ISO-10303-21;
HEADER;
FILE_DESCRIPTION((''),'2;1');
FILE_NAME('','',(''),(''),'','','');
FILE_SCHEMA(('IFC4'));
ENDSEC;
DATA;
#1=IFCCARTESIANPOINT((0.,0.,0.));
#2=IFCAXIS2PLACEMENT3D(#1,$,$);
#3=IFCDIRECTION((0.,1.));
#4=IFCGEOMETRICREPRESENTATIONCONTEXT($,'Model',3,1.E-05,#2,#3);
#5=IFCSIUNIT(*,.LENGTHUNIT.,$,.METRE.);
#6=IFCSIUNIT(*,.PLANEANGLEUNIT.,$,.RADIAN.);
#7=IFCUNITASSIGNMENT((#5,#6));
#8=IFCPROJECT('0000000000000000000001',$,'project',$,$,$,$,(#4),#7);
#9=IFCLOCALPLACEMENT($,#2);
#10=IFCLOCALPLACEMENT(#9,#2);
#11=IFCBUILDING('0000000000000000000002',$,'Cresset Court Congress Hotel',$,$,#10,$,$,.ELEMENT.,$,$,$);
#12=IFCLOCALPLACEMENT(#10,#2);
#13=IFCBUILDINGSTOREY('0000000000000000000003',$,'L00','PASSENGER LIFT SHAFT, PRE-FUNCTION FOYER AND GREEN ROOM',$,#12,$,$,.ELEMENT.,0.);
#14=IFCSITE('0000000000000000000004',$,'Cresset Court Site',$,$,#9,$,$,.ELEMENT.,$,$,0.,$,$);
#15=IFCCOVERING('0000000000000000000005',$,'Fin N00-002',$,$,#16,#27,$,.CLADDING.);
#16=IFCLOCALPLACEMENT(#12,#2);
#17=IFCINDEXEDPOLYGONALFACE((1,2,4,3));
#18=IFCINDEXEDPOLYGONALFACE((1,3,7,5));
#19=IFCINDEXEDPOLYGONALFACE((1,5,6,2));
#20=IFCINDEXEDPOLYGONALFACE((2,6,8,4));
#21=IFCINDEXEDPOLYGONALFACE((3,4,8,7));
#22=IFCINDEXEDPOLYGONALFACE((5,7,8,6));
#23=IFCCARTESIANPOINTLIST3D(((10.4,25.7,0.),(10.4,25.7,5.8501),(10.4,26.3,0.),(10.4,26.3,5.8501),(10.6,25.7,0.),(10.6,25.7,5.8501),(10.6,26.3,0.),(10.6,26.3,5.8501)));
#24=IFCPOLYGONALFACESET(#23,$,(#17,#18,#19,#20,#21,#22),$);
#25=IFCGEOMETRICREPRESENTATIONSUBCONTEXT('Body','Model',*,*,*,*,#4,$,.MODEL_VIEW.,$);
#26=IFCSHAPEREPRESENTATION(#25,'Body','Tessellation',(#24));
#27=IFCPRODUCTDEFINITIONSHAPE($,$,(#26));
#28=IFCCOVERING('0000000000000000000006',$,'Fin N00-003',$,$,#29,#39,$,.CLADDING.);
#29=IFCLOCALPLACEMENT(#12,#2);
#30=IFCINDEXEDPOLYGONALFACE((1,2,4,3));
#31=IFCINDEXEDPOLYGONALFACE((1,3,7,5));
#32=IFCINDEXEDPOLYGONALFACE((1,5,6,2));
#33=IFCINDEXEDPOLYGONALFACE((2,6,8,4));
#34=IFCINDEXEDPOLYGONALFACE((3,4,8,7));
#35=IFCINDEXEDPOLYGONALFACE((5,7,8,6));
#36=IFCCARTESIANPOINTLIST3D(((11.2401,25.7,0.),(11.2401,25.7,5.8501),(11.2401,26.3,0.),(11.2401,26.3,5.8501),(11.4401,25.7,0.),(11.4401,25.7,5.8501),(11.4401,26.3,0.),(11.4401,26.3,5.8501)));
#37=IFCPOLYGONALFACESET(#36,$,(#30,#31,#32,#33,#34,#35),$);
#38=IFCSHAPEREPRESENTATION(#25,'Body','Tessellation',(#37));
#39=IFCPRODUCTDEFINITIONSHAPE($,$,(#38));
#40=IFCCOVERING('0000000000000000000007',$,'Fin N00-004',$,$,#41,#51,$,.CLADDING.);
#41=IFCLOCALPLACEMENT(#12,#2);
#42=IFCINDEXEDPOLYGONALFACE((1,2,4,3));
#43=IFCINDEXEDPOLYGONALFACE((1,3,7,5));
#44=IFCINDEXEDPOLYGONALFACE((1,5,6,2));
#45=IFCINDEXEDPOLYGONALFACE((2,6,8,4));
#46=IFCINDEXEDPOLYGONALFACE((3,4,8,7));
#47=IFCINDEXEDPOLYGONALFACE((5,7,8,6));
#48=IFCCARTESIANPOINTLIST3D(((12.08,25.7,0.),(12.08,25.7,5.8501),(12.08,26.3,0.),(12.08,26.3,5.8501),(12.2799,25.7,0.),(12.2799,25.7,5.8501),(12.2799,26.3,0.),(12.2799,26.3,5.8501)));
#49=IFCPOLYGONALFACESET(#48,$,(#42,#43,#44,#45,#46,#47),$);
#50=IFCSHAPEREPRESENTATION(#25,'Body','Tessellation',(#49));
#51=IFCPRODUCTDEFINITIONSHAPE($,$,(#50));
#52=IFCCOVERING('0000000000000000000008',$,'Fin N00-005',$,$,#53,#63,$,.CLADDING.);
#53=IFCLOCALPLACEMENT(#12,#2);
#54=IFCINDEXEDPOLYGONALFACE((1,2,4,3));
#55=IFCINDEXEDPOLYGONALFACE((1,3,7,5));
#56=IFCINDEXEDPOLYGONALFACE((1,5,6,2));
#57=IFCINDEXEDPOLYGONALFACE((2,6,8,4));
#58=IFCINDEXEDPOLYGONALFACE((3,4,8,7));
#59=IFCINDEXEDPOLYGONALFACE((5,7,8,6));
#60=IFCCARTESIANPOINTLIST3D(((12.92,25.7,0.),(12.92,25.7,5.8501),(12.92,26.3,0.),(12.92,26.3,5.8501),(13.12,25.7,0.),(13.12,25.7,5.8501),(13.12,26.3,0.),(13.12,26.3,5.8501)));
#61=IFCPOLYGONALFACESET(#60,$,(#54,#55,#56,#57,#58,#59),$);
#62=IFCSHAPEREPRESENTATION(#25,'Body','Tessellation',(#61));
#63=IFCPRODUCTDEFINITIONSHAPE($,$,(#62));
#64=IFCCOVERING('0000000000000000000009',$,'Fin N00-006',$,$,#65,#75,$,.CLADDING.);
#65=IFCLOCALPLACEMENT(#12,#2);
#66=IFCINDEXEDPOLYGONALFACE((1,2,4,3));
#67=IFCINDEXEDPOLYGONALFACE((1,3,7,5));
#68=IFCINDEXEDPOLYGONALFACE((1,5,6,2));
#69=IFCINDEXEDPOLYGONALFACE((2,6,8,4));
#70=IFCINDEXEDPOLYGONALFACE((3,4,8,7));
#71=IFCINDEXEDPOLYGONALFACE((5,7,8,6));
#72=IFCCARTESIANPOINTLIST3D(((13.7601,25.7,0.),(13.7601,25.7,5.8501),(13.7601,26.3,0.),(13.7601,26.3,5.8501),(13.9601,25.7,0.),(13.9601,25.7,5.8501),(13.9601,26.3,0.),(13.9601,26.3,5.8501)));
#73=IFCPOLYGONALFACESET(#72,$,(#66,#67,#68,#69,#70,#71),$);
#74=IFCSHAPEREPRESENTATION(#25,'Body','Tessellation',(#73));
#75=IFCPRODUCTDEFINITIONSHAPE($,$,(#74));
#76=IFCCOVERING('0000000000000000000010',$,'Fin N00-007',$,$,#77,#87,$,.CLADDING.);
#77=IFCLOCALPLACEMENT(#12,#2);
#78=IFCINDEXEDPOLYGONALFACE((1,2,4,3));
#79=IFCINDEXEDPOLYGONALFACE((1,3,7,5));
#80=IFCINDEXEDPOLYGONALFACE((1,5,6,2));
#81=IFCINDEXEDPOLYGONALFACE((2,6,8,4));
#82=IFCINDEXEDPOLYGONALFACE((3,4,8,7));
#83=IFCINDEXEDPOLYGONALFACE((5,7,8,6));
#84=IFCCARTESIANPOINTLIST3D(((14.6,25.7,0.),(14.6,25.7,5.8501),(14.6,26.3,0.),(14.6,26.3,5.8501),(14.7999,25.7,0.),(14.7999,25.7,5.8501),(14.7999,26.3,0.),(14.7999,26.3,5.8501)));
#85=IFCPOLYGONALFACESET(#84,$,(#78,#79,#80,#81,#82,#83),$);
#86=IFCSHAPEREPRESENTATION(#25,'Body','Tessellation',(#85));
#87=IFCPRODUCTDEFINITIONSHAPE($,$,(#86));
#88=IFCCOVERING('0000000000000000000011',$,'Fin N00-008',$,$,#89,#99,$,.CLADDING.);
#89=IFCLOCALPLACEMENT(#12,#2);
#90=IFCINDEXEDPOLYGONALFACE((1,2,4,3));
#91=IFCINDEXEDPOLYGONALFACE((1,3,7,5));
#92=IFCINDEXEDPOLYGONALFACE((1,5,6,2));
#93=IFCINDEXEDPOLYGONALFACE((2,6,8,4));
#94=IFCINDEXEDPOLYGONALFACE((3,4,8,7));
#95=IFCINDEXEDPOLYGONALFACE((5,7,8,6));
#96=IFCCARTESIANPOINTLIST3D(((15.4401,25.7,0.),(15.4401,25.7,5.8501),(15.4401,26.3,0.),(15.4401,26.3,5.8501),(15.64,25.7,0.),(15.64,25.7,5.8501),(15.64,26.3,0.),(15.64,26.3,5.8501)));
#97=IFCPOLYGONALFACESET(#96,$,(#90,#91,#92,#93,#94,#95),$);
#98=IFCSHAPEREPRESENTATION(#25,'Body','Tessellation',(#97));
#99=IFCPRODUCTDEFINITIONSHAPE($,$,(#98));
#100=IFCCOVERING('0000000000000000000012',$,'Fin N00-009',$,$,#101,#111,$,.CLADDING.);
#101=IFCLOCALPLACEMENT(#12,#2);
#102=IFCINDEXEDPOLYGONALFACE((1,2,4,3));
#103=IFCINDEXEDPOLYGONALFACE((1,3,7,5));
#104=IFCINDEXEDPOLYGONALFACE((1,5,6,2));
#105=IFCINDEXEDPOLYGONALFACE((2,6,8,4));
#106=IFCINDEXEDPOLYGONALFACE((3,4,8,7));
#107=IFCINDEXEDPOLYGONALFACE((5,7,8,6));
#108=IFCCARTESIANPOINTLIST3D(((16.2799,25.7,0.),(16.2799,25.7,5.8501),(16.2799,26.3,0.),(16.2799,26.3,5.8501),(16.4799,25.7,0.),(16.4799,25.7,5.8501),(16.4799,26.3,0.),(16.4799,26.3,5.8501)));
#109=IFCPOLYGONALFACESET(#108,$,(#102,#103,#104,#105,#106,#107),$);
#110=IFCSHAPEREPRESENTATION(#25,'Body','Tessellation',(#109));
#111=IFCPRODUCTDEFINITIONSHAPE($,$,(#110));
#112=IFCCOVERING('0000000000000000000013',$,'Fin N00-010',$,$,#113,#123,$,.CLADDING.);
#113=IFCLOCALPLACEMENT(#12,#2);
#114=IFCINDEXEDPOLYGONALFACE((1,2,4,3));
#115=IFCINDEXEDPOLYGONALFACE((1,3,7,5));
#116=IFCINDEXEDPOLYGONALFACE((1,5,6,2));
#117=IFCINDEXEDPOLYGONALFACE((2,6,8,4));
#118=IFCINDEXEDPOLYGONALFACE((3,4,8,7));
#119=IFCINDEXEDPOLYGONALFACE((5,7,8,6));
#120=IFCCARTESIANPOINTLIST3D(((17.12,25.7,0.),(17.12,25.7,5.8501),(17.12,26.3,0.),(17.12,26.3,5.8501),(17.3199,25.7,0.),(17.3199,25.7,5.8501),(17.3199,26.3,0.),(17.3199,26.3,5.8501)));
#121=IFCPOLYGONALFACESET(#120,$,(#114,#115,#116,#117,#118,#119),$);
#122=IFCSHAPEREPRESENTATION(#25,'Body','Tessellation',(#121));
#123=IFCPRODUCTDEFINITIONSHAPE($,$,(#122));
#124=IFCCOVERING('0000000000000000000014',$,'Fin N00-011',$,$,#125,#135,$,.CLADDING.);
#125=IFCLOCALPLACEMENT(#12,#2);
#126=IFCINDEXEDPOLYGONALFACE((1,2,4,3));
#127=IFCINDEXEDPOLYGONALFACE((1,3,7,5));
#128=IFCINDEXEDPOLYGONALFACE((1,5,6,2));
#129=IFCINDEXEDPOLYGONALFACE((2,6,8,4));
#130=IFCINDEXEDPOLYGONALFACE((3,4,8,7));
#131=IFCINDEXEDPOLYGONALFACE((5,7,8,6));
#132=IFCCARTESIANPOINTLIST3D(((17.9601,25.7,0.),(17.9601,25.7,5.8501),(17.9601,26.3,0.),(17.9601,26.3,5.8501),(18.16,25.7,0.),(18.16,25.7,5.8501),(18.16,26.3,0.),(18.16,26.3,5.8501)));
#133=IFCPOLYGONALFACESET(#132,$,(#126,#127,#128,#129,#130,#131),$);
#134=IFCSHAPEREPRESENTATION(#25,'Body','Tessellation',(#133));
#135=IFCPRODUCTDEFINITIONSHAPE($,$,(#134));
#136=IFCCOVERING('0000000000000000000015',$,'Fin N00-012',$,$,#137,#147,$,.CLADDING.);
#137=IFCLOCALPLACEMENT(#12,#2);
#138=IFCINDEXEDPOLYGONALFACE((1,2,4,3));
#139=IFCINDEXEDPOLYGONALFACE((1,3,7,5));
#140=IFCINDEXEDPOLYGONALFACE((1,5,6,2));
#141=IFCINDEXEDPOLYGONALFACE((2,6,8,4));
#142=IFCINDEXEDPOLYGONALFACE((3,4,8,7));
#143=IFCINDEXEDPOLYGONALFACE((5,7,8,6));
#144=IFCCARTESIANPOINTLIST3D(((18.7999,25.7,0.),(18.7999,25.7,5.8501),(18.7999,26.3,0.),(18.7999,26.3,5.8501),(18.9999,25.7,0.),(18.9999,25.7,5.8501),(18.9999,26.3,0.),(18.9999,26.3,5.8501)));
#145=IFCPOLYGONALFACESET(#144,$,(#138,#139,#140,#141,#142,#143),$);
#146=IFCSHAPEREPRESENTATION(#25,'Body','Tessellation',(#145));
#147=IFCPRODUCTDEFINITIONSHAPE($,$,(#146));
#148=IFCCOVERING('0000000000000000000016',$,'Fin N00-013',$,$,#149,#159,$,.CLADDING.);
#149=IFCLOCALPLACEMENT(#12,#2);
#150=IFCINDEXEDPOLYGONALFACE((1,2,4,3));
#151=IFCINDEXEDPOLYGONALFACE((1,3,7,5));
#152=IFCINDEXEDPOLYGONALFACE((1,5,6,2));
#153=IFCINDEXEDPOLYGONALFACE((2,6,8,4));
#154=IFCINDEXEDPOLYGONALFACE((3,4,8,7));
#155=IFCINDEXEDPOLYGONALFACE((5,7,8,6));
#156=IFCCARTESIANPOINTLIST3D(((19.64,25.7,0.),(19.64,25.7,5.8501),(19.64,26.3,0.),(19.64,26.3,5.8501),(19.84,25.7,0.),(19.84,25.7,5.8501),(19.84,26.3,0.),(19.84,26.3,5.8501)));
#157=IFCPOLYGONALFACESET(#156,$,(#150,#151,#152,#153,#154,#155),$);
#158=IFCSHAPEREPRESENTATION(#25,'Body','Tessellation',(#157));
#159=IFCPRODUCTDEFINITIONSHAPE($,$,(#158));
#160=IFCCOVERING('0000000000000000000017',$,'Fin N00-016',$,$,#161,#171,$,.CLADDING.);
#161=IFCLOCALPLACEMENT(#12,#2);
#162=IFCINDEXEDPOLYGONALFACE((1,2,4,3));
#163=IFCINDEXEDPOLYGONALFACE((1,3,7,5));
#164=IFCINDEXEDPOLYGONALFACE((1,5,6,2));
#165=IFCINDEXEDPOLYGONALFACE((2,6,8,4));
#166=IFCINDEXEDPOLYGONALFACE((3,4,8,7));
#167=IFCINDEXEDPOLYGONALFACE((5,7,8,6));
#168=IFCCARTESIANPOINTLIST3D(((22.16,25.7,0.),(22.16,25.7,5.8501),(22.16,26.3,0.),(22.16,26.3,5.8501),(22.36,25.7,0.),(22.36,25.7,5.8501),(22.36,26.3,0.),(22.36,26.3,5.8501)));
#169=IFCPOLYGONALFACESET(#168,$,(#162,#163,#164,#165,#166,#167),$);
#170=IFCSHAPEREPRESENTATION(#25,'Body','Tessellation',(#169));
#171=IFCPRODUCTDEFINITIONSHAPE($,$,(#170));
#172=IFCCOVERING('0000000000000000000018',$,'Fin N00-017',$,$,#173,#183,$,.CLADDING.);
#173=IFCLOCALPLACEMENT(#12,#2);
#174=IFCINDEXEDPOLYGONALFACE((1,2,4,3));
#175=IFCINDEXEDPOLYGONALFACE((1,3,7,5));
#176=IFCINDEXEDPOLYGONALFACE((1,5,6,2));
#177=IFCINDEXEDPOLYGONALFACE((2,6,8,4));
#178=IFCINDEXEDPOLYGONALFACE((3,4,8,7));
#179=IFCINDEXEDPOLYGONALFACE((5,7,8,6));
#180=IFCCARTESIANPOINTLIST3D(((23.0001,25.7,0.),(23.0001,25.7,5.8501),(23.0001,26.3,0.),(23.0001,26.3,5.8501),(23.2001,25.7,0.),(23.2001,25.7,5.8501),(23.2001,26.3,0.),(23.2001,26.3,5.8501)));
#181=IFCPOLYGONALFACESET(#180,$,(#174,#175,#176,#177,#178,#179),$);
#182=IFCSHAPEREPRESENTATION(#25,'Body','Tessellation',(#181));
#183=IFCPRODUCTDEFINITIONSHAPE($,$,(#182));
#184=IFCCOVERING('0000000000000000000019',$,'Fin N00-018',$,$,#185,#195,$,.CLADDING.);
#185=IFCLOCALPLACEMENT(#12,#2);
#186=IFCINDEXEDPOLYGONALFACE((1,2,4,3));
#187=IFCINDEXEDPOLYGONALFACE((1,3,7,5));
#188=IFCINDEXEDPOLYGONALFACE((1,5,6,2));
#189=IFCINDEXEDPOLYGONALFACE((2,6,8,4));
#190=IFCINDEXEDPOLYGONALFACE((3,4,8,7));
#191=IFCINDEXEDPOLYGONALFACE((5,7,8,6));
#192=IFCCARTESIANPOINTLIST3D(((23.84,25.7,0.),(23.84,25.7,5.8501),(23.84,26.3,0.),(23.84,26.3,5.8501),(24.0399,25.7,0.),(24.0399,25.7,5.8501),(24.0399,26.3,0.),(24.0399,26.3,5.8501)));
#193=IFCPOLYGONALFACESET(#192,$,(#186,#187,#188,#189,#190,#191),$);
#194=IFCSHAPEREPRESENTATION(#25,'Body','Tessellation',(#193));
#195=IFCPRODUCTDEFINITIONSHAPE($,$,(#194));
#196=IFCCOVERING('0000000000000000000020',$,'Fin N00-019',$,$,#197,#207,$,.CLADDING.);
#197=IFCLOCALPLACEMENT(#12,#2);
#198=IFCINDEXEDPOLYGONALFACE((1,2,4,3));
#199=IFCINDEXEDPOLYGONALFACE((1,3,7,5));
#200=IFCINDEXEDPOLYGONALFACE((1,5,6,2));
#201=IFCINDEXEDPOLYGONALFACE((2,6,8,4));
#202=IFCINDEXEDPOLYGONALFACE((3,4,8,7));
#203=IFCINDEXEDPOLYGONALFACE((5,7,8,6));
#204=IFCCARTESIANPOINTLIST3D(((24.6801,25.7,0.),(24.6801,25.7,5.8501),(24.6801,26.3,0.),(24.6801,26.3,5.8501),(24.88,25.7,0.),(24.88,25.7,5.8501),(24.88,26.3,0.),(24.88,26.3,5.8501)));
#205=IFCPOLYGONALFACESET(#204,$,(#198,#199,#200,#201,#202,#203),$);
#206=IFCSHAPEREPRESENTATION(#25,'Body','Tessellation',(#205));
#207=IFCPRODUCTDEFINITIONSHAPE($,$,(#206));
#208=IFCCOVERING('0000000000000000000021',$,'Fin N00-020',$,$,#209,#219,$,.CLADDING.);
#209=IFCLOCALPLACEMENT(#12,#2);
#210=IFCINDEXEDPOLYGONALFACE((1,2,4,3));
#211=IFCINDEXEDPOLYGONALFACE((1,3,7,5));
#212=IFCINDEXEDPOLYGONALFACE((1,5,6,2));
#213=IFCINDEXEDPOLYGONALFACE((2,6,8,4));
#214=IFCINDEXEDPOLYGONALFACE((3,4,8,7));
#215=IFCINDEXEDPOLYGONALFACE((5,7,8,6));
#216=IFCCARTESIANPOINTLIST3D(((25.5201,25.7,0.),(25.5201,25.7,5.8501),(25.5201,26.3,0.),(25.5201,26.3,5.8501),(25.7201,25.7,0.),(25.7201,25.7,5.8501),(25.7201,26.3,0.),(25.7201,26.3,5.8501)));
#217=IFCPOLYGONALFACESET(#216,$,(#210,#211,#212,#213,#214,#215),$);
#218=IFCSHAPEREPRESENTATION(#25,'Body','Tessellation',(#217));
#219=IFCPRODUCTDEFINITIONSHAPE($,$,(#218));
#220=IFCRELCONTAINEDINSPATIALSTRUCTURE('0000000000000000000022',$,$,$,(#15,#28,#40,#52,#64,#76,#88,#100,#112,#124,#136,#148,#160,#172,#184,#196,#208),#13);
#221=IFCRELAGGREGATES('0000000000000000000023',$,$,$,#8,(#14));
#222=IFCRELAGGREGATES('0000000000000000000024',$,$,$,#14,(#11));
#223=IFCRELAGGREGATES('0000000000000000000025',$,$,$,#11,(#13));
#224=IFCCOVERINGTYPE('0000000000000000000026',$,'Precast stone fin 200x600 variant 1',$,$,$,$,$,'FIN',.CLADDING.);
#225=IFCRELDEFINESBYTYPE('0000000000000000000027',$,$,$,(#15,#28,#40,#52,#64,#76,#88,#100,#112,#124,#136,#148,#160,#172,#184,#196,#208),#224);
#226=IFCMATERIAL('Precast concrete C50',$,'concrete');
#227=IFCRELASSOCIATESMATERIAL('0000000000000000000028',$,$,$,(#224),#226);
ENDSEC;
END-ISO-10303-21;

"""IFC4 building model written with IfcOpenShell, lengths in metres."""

from ifc_helpers import new_model, si_unit, direction, frame, origin, origin_2d, place, context, subcontext, project, spatial, rectangle, extrude, material, type_object, element, save


model = new_model("IFC4")

# Units and contexts
model_context = context("Model", 3, precision=1e-05, world=origin(), true_north=direction((0.0, 1.0)))
body_context = subcontext(model_context, "Body", "Model", "MODEL_VIEW")
ifc_project = project(units=[si_unit("LENGTHUNIT", "METRE"), si_unit("PLANEANGLEUNIT", "RADIAN")], contexts=[model_context])

# Site, building, storey
site_placement = place(None, origin())
site = spatial("IfcSite", under=ifc_project, at=site_placement, Name="Cresset Court Site", CompositionType="ELEMENT", RefElevation=0.0)
building_placement = place(site_placement, origin())
building = spatial("IfcBuilding", under=site, at=building_placement, Name="Cresset Court Congress Hotel", CompositionType="ELEMENT")
storey_placement = place(building_placement, origin())
storey = spatial("IfcBuildingStorey", under=building, at=storey_placement, Name="L00", Description="PASSENGER LIFT SHAFT, PRE-FUNCTION FOYER AND GREEN ROOM", CompositionType="ELEMENT", Elevation=0.0)

# Coverings
ifc_material_1 = material(Name="Precast concrete C50", Category="concrete")
covering_type = type_object("IfcCoveringType", Name="Precast stone fin 200x600 variant 1", ElementType="FIN", PredefinedType="CLADDING", material=ifc_material_1)
for number, where, z_axis, x_axis, name in (
    (1, (10.5, 26.0, 0.0), (0.0, 0.0, 1.0), (1.0, 0.0, 0.0), "Fin N00-002"),
    (2, (11.3401, 26.0, 0.0), (0.0, 0.0, 1.0), (1.0, 0.0, 0.0), "Fin N00-003"),
    (3, (12.1799, 26.0, 0.0), (0.0, 0.0, 1.0), (1.0, 0.0, 0.0), "Fin N00-004"),
    (4, (13.02, 26.0, 0.0), (0.0, 0.0, 1.0), (1.0, 0.0, 0.0), "Fin N00-005"),
    (5, (13.8601, 26.0, 0.0), (0.0, 0.0, 1.0), (1.0, 0.0, 0.0), "Fin N00-006"),
    (6, (14.7, 26.0, 0.0), (0.0, 0.0, 1.0), (1.0, 0.0, 0.0), "Fin N00-007"),
    (7, (15.54, 26.0, 0.0), (0.0, 0.0, 1.0), (1.0, 0.0, 0.0), "Fin N00-008"),
    (8, (16.3799, 26.0, 0.0), (0.0, 0.0, 1.0), (1.0, 0.0, 0.0), "Fin N00-009"),
    (9, (17.22, 26.0, 0.0), (0.0, 0.0, 1.0), (1.0, 0.0, 0.0), "Fin N00-010"),
    (10, (18.0601, 26.0, 0.0), (0.0, 0.0, 1.0), (1.0, 0.0, 0.0), "Fin N00-011"),
    (11, (18.8999, 26.0, 0.0), (0.0, 0.0, 1.0), (1.0, 0.0, 0.0), "Fin N00-012"),
    (12, (19.74, 26.0, 0.0), (0.0, 0.0, 1.0), (1.0, 0.0, 0.0), "Fin N00-013"),
    (13, (22.26, 26.0, 0.0), (0.0, 0.0, 1.0), (1.0, 0.0, 0.0), "Fin N00-016"),
    (14, (23.1001, 26.0, 0.0), (0.0, 0.0, 1.0), (1.0, 0.0, 0.0), "Fin N00-017"),
    (15, (23.9399, 26.0, 0.0), (0.0, 0.0, 1.0), (1.0, 0.0, 0.0), "Fin N00-018"),
    (16, (24.78, 26.0, 0.0), (0.0, 0.0, 1.0), (1.0, 0.0, 0.0), "Fin N00-019"),
    (17, (25.6201, 26.0, 0.0), (0.0, 0.0, 1.0), (1.0, 0.0, 0.0), "Fin N00-020"),
):
    element("IfcCovering", number, at=place(storey_placement, frame(where, z_axis=z_axis, x_axis=x_axis)), inside=storey, type_object=covering_type, Name=name, PredefinedType="CLADDING", context=body_context, shape_type="SweptSolid", body=[
        extrude(rectangle(XDim=0.2, YDim=0.6001, at=origin_2d()), origin(), (0.0, 0.0, 1.0), 5.8501),
    ])

save(model, "model.ifc")
